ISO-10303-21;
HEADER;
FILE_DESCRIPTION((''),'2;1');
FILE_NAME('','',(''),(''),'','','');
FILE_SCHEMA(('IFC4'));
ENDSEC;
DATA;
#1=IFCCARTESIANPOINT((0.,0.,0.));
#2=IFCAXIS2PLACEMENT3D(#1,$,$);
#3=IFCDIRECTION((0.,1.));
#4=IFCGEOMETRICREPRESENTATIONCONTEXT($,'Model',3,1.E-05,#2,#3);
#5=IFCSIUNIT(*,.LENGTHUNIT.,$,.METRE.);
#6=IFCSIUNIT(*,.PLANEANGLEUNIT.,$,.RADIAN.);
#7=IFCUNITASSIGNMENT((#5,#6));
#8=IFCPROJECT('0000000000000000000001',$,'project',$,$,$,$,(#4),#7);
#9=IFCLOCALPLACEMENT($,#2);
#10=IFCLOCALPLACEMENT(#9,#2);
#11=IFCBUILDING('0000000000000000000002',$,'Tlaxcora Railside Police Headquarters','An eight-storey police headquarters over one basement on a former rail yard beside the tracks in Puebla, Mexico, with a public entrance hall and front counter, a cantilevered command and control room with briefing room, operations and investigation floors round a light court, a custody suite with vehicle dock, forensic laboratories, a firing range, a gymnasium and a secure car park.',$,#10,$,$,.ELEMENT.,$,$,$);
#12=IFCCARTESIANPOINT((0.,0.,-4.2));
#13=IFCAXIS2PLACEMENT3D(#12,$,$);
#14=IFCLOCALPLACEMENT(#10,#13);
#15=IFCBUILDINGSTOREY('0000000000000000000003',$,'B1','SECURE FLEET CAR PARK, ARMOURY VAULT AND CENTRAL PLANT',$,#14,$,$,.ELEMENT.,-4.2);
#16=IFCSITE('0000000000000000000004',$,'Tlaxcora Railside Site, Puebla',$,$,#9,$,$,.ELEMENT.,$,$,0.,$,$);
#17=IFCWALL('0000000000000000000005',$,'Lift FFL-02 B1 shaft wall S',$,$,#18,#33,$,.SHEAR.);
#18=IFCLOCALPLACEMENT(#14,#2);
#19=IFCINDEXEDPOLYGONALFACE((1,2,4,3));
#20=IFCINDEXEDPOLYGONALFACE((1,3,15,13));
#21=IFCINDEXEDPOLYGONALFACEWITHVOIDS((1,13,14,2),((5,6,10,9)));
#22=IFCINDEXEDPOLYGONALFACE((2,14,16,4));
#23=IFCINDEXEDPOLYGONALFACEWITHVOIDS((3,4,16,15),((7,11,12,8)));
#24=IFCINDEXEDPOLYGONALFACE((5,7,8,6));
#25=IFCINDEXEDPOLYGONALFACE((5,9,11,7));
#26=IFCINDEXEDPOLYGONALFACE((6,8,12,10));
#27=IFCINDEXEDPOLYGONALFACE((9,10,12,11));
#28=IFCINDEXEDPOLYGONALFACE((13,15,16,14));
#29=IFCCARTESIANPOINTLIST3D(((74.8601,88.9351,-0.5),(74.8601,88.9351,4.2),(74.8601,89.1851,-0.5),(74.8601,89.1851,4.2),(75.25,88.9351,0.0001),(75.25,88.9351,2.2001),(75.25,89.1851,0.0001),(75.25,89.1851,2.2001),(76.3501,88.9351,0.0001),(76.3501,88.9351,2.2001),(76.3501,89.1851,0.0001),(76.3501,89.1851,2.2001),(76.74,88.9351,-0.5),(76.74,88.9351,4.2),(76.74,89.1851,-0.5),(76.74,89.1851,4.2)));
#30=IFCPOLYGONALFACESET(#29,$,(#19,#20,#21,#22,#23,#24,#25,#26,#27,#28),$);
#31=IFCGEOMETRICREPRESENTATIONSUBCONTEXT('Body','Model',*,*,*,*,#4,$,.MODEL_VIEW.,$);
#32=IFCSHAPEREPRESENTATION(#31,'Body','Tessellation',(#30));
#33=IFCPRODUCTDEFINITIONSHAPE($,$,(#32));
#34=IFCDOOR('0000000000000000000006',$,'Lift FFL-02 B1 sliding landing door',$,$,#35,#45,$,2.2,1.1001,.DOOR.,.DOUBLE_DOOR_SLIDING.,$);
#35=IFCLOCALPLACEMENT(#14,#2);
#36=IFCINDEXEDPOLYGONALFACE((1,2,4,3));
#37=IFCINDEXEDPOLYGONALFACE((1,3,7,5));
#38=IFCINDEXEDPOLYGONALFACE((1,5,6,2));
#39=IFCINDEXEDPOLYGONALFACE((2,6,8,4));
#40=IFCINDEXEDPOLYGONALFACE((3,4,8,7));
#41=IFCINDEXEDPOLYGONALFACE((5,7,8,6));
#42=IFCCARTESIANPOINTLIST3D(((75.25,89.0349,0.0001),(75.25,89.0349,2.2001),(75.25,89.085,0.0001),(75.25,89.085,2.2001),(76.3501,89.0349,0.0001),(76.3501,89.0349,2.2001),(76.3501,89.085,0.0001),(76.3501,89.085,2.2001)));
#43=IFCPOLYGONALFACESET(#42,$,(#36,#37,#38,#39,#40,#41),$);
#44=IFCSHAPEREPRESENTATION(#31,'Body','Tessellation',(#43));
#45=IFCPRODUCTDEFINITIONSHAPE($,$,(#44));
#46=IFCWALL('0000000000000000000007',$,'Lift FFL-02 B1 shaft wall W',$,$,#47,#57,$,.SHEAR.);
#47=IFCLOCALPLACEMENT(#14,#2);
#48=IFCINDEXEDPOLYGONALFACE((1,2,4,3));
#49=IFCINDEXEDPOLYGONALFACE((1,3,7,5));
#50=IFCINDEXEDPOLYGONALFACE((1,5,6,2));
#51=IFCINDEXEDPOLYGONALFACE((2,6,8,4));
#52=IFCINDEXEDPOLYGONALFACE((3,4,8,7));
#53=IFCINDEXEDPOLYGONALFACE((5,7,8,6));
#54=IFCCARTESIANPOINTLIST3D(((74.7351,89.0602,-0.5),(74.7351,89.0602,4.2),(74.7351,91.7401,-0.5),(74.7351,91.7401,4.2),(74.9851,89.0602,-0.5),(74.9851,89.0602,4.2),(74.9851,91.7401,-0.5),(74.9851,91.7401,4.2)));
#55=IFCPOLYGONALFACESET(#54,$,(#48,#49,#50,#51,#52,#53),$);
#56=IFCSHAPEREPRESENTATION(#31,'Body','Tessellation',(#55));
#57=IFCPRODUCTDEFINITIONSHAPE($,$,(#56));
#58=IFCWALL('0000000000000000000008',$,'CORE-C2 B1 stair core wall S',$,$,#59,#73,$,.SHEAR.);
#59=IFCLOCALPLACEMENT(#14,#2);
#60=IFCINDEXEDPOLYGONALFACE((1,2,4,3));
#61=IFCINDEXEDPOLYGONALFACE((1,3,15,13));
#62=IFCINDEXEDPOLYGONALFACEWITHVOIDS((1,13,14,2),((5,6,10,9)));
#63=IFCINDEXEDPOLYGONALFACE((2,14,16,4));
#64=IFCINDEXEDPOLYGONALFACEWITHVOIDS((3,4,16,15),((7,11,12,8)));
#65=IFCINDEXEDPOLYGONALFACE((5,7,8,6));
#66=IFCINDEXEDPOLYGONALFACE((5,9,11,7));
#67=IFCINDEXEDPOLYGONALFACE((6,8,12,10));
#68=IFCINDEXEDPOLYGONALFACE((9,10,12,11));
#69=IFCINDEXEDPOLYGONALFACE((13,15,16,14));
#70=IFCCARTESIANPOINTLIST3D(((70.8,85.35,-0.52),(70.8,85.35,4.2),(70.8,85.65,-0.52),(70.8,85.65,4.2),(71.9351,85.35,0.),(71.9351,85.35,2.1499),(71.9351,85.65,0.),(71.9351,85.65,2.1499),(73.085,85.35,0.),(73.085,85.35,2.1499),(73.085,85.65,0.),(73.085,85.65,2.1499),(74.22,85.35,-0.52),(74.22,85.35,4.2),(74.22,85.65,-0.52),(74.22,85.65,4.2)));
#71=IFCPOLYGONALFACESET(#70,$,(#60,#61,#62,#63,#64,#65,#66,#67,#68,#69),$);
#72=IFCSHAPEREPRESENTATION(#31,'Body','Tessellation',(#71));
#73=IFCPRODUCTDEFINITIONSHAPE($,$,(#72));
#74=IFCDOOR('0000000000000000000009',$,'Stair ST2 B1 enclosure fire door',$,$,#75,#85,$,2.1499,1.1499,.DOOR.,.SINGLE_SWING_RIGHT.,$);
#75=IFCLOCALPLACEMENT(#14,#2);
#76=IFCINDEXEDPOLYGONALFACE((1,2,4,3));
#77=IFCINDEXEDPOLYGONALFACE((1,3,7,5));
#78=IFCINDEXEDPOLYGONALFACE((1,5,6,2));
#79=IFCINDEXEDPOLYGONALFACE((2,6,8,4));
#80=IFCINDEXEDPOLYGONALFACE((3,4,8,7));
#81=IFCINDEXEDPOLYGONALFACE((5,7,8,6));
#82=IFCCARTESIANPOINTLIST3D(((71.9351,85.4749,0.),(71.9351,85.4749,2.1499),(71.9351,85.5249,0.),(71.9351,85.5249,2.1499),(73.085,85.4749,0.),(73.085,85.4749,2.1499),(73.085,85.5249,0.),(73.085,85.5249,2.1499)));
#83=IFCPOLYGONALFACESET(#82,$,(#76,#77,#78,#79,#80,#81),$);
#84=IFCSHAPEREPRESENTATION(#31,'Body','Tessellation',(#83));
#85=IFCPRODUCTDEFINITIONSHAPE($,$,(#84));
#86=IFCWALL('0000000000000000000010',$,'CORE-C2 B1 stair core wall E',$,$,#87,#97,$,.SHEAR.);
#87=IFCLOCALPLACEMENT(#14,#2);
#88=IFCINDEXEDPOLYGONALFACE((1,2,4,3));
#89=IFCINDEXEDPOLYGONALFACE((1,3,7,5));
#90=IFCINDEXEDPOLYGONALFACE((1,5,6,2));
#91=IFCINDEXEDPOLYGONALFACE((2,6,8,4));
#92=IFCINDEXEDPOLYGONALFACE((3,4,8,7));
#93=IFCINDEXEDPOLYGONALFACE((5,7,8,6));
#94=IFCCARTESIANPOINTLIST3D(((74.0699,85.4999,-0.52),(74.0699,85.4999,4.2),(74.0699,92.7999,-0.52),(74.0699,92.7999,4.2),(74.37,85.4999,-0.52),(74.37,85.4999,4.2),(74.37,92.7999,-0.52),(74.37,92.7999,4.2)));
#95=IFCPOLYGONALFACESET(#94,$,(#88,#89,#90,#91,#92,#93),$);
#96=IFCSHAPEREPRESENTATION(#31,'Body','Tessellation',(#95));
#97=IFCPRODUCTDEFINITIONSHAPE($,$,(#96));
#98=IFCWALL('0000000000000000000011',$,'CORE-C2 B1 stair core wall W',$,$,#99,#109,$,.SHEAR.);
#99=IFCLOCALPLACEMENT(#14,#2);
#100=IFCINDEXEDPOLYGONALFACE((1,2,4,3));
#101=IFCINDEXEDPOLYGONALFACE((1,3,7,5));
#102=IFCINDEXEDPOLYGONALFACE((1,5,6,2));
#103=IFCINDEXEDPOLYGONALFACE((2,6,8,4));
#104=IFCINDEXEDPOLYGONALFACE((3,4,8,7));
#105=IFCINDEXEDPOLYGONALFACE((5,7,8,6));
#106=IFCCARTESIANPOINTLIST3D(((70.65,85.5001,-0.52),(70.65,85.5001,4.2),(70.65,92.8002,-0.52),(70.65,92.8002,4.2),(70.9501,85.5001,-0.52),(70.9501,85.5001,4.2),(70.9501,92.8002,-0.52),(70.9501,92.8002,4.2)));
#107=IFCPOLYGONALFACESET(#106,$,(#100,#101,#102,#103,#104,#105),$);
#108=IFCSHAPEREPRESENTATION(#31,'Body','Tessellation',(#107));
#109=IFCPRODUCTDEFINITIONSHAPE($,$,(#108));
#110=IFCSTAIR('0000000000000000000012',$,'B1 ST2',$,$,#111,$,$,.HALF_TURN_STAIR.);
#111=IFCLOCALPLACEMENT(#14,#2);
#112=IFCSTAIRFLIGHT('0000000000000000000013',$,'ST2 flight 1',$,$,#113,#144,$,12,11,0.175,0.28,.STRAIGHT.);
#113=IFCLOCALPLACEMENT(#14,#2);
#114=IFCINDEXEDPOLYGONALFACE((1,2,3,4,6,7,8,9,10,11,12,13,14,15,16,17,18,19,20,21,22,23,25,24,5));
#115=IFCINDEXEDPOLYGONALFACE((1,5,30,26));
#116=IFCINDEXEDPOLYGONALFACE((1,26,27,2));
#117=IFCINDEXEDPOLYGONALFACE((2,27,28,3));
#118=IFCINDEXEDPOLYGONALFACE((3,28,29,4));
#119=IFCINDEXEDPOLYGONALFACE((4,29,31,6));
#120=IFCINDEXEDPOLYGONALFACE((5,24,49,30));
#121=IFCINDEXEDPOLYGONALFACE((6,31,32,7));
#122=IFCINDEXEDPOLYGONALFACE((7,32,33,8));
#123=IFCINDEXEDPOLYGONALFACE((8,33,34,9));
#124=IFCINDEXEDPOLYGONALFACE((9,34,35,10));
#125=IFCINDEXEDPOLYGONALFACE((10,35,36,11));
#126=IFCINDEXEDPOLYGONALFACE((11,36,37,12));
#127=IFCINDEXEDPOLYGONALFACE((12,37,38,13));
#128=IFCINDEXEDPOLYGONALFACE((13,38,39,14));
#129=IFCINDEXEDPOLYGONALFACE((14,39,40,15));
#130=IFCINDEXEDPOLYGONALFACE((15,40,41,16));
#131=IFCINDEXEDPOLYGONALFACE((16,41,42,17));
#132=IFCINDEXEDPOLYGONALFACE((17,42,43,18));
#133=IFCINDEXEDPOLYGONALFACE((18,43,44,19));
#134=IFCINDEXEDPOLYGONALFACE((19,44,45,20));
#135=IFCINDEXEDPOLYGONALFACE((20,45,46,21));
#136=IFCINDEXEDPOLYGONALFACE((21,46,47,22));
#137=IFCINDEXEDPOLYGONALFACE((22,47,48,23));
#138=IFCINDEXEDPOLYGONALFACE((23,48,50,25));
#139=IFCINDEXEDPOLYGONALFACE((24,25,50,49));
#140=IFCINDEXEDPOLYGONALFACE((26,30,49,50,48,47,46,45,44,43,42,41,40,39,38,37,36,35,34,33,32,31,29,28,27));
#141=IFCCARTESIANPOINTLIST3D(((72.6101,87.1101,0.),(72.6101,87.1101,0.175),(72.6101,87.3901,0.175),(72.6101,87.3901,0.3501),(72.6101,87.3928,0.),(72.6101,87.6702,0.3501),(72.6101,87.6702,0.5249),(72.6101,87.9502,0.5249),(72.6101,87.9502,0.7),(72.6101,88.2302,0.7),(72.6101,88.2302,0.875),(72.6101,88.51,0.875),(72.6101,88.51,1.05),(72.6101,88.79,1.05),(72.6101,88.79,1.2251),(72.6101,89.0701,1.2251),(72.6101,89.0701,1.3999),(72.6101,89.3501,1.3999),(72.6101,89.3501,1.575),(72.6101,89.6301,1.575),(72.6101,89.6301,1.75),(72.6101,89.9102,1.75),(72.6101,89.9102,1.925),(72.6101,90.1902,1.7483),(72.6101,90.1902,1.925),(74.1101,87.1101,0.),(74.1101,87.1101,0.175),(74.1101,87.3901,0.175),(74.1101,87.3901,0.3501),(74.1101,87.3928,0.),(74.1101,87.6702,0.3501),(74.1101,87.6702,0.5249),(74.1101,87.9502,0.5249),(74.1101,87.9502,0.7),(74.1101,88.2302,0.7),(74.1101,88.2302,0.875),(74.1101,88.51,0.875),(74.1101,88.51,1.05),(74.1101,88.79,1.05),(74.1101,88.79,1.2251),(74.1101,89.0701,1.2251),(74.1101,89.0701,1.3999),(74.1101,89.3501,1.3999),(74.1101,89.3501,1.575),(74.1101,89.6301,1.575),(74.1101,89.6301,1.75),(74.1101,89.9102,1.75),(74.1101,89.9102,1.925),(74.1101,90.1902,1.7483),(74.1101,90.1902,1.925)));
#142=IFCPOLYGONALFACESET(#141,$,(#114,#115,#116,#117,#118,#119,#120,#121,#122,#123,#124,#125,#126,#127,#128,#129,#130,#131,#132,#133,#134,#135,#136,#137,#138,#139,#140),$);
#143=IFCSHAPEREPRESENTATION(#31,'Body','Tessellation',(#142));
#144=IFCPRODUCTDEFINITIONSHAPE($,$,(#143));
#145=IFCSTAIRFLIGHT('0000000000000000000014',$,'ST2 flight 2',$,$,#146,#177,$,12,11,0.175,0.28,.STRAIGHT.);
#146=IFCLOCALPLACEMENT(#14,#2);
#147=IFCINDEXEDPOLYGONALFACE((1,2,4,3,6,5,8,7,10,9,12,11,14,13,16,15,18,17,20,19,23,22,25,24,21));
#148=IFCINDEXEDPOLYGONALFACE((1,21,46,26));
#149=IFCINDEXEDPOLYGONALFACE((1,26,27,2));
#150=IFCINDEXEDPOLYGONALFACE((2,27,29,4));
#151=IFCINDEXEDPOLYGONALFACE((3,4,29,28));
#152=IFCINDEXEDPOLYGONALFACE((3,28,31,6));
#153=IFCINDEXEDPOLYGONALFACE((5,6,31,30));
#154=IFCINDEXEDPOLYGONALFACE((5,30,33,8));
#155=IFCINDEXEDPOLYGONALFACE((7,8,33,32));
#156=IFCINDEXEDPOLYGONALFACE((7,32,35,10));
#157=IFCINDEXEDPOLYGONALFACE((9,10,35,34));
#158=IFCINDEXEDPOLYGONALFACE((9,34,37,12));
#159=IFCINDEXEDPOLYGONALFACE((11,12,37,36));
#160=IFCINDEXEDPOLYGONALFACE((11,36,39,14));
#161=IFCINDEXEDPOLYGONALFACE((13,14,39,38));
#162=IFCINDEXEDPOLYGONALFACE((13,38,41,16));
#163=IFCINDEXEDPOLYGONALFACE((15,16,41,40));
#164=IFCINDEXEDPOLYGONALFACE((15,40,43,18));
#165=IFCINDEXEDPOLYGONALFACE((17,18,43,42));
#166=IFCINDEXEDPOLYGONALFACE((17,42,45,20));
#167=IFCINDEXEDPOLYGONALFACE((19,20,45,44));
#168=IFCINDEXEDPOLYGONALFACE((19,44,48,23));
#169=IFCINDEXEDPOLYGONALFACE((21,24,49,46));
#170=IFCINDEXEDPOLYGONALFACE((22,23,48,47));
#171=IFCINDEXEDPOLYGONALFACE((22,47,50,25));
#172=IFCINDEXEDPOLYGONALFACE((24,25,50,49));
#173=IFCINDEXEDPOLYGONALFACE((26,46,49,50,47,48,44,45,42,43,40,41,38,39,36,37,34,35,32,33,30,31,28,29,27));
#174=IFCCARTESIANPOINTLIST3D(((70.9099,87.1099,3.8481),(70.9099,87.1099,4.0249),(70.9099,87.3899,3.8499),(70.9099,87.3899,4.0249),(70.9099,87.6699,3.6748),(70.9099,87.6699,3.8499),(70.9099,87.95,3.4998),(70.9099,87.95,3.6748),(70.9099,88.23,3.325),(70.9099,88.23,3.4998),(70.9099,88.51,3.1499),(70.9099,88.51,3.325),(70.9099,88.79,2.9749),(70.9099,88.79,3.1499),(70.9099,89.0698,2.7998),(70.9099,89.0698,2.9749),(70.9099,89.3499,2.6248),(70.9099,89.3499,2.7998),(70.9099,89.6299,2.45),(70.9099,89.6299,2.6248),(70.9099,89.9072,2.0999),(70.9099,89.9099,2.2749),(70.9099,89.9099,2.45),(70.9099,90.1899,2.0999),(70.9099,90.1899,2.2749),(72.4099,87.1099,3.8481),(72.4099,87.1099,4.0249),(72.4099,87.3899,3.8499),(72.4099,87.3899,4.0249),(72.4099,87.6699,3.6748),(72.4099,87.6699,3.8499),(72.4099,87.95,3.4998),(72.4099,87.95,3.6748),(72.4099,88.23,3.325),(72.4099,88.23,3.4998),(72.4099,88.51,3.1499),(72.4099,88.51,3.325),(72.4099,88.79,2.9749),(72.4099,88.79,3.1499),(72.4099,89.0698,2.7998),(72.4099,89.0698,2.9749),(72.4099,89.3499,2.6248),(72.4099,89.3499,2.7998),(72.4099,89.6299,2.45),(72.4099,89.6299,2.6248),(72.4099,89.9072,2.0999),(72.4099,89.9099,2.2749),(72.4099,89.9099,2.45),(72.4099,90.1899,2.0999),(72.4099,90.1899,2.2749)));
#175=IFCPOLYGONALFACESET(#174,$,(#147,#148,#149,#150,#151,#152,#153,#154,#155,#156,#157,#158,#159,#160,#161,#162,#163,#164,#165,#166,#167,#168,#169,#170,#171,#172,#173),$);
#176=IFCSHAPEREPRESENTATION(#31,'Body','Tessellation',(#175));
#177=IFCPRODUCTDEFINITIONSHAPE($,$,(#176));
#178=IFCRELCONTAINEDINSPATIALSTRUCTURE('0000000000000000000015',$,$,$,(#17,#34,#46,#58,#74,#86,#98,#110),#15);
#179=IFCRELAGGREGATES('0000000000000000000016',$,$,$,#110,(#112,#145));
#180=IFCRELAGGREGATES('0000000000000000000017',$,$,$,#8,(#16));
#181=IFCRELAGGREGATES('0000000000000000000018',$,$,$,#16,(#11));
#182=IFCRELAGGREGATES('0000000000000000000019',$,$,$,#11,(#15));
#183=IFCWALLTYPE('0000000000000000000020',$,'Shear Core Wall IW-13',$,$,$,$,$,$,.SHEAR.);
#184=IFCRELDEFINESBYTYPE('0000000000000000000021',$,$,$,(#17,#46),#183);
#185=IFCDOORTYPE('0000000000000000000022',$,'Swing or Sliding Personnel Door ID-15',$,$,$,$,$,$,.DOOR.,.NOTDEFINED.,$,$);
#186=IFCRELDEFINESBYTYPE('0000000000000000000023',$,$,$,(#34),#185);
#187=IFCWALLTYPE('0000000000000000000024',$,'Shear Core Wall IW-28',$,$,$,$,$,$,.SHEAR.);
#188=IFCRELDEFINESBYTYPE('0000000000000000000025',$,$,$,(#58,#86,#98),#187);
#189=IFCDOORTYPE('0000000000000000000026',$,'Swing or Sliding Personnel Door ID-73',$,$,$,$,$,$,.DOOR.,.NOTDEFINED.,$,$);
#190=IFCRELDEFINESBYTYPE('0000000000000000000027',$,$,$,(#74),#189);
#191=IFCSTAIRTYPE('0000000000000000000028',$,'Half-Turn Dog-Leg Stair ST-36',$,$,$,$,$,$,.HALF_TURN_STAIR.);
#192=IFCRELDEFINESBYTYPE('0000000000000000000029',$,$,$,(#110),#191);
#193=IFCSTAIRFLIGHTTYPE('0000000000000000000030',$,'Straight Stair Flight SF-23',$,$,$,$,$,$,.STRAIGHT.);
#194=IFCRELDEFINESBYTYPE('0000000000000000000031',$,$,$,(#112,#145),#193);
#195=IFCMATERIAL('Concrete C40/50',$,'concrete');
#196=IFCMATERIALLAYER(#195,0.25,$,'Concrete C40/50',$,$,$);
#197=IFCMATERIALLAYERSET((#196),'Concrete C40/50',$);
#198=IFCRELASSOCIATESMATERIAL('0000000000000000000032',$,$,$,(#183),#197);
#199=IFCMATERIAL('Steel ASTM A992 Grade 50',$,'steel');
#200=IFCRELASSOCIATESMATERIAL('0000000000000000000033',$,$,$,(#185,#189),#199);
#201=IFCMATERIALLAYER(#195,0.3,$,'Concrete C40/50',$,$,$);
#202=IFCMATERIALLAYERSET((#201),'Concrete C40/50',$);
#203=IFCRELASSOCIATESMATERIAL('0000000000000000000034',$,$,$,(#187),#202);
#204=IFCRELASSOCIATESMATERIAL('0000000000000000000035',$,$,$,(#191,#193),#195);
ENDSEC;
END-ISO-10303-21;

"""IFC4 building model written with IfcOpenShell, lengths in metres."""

from ifc_helpers import new_model, si_unit, direction, frame, frame_2d, origin, place, context, subcontext, project, spatial, polyline, rectangle, outline, extrude, material, layer, layer_set, type_object, element, fill, aggregate, save


model = new_model("IFC4")

# Units and contexts
model_context = context("Model", 3, precision=1e-05, world=origin(), true_north=direction((0.0, 1.0)))
body_context = subcontext(model_context, "Body", "Model", "MODEL_VIEW")
ifc_project = project(units=[si_unit("LENGTHUNIT", "METRE"), si_unit("PLANEANGLEUNIT", "RADIAN")], contexts=[model_context])

# Site, building, storey
site_placement = place(None, origin())
site = spatial("IfcSite", under=ifc_project, at=site_placement, Name="Tlaxcora Railside Site, Puebla", CompositionType="ELEMENT", RefElevation=0.0)
building_placement = place(site_placement, origin())
building = spatial("IfcBuilding", under=site, at=building_placement, Name="Tlaxcora Railside Police Headquarters", Description="An eight-storey police headquarters over one basement on a former rail yard beside the tracks in Puebla, Mexico, with a public entrance hall and front counter, a cantilevered command and control room with briefing room, operations and investigation floors round a light court, a custody suite with vehicle dock, forensic laboratories, a firing range, a gymnasium and a secure car park.", CompositionType="ELEMENT")
storey_placement = place(building_placement, frame((0.0, 0.0, -4.2)))
storey = spatial("IfcBuildingStorey", under=building, at=storey_placement, Name="B1", Description="SECURE FLEET CAR PARK, ARMOURY VAULT AND CENTRAL PLANT", CompositionType="ELEMENT", Elevation=-4.2)

# Shared definitions
ifc_material_1 = material(Name="Concrete C40/50", Category="concrete")

# Wall, opening, door
ifc_layer_1 = layer(ifc_material_1, 0.25, Name="Concrete C40/50")
ifc_layer_set_1 = layer_set([ifc_layer_1], Name="Concrete C40/50")
wall_type_1 = type_object("IfcWallType", Name="Shear Core Wall IW-13", PredefinedType="SHEAR", material=ifc_layer_set_1)
wall_1_placement = place(storey_placement, frame((74.8601, 89.0601, -0.5), z_axis=(0.0, 0.0, 1.0), x_axis=(1.0, 0.0, 0.0)))
wall_1 = element("IfcWall", 1, at=wall_1_placement, inside=storey, type_object=wall_type_1, Name="Lift FFL-02 B1 shaft wall S", PredefinedType="SHEAR", context=body_context, shape_type="SweptSolid", body=[
    extrude(rectangle(XDim=1.8799, YDim=0.25, at=frame_2d((0.9399, 0.0))), origin(), (0.0, 0.0, 1.0), 4.7),
])
opening_1_placement = place(wall_1_placement, frame((0.3899, 0.0, 0.5)))
opening_1 = element("IfcOpeningElement", 2, at=opening_1_placement, cuts=wall_1, PredefinedType="OPENING", context=body_context, shape_type="SweptSolid", body=[
    extrude(rectangle(XDim=1.1001, YDim=2.2, at=frame_2d((0.55, 1.1001))), frame((0.0, 0.135, 0.0), z_axis=(0.0, -1.0, 0.0), x_axis=(1.0, 0.0, 0.0)), (0.0, 0.0, 1.0), 0.27),
])
ifc_material_2 = material(Name="Steel ASTM A992 Grade 50", Category="steel")
door_type_1 = type_object("IfcDoorType", Name="Swing or Sliding Personnel Door ID-15", OperationType="NOTDEFINED", PredefinedType="DOOR", material=ifc_material_2)
door_1_placement = place(opening_1_placement, origin())
door_1 = element("IfcDoor", 3, at=door_1_placement, inside=storey, type_object=door_type_1, Name="Lift FFL-02 B1 sliding landing door", OperationType="DOUBLE_DOOR_SLIDING", OverallHeight=2.2, OverallWidth=1.1001, PredefinedType="DOOR", context=body_context, shape_type="SweptSolid", body=[
    extrude(rectangle(XDim=1.1001, YDim=2.2, at=frame_2d((0.55, 1.1001))), frame((0.0, 0.0249, 0.0), z_axis=(0.0, -1.0, 0.0), x_axis=(1.0, 0.0, 0.0)), (0.0, 0.0, 1.0), 0.05),
])
fill(opening_1, door_1)

# Wall
wall_2_placement = place(storey_placement, frame((74.8601, 91.74, -0.5), z_axis=(0.0, 0.0, 1.0), x_axis=(0.0, -1.0, 0.0)))
element("IfcWall", 4, at=wall_2_placement, inside=storey, type_object=wall_type_1, Name="Lift FFL-02 B1 shaft wall W", PredefinedType="SHEAR", context=body_context, shape_type="SweptSolid", body=[
    extrude(rectangle(XDim=2.6799, YDim=0.25, at=frame_2d((1.3398, 0.0))), origin(), (0.0, 0.0, 1.0), 4.7),
])

# Wall, opening, door
ifc_layer_2 = layer(ifc_material_1, 0.3, Name="Concrete C40/50")
ifc_layer_set_2 = layer_set([ifc_layer_2], Name="Concrete C40/50")
wall_type_2 = type_object("IfcWallType", Name="Shear Core Wall IW-28", PredefinedType="SHEAR", material=ifc_layer_set_2)
wall_3_placement = place(storey_placement, frame((70.8, 85.5, -0.52), z_axis=(0.0, 0.0, 1.0), x_axis=(1.0, 0.0, 0.0)))
wall_3 = element("IfcWall", 5, at=wall_3_placement, inside=storey, type_object=wall_type_2, Name="CORE-C2 B1 stair core wall S", PredefinedType="SHEAR", context=body_context, shape_type="SweptSolid", body=[
    extrude(rectangle(XDim=3.4199, YDim=0.3, at=frame_2d((1.71, 0.0))), origin(), (0.0, 0.0, 1.0), 4.72),
])
opening_2_placement = place(wall_3_placement, frame((1.135, 0.0, 0.52)))
opening_2 = element("IfcOpeningElement", 6, at=opening_2_placement, cuts=wall_3, PredefinedType="OPENING", context=body_context, shape_type="SweptSolid", body=[
    extrude(rectangle(XDim=1.1499, YDim=2.1499, at=frame_2d((0.575, 1.075))), frame((0.0, 0.1602, 0.0), z_axis=(0.0, -1.0, 0.0), x_axis=(1.0, 0.0, 0.0)), (0.0, 0.0, 1.0), 0.3201),
])
door_type_2 = type_object("IfcDoorType", Name="Swing or Sliding Personnel Door ID-73", OperationType="NOTDEFINED", PredefinedType="DOOR", material=ifc_material_2)
door_2_placement = place(opening_2_placement, origin())
door_2 = element("IfcDoor", 7, at=door_2_placement, inside=storey, type_object=door_type_2, Name="Stair ST2 B1 enclosure fire door", OperationType="SINGLE_SWING_RIGHT", OverallHeight=2.1499, OverallWidth=1.1499, PredefinedType="DOOR", context=body_context, shape_type="SweptSolid", body=[
    extrude(rectangle(XDim=1.1499, YDim=2.1499, at=frame_2d((0.575, 1.075))), frame((0.0, 0.0249, 0.0), z_axis=(0.0, -1.0, 0.0), x_axis=(1.0, 0.0, 0.0)), (0.0, 0.0, 1.0), 0.05),
])
fill(opening_2, door_2)

# Walls
for number, where, z_axis, x_axis, name in (
    (8, (74.22, 85.5, -0.52), (0.0, 0.0, 1.0), (0.0, 1.0, 0.0), "CORE-C2 B1 stair core wall E"),
    (9, (70.8, 92.8, -0.52), (0.0, 0.0, 1.0), (0.0, -1.0, 0.0), "CORE-C2 B1 stair core wall W"),
):
    element("IfcWall", number, at=place(storey_placement, frame(where, z_axis=z_axis, x_axis=x_axis)), inside=storey, type_object=wall_type_2, Name=name, PredefinedType="SHEAR", context=body_context, shape_type="SweptSolid", body=[
        extrude(rectangle(XDim=7.3, YDim=0.3, at=frame_2d((3.6499, 0.0))), origin(), (0.0, 0.0, 1.0), 4.72),
    ])

# Stair, stair flights
stair_type = type_object("IfcStairType", Name="Half-Turn Dog-Leg Stair ST-36", PredefinedType="HALF_TURN_STAIR", material=ifc_material_1)
stair_placement = place(storey_placement, origin())
stair = element("IfcStair", 10, at=stair_placement, inside=storey, type_object=stair_type, Name="B1 ST2", PredefinedType="HALF_TURN_STAIR")
stair_flight_type = type_object("IfcStairFlightType", Name="Straight Stair Flight SF-23", PredefinedType="STRAIGHT", material=ifc_material_1)
stair_flight_1_placement = place(storey_placement, frame((73.3601, 87.1101, 0.0), z_axis=(0.0, 0.0, 1.0), x_axis=(0.0, 1.0, 0.0)))
stair_flight_1 = element("IfcStairFlight", 11, at=stair_flight_1_placement, type_object=stair_flight_type, Name="ST2 flight 1", NumberOfRisers=12, NumberOfTreads=11, PredefinedType="STRAIGHT", RiserHeight=0.175, TreadLength=0.28, context=body_context, shape_type="SweptSolid", body=[
    extrude(outline(polyline([(0.0, 0.0), (0.0, 0.175), (0.28, 0.175), (0.28, 0.3501), (0.5601, 0.3501), (0.5601, 0.5249), (0.8401, 0.5249), (0.8401, 0.7), (1.1201, 0.7), (1.1201, 0.875), (1.3999, 0.875), (1.3999, 1.05), (1.6799, 1.05), (1.6799, 1.2251), (1.96, 1.2251), (1.96, 1.3999), (2.24, 1.3999), (2.24, 1.575), (2.52, 1.575), (2.52, 1.75), (2.8, 1.75), (2.8, 1.925), (3.0801, 1.925), (3.0801, 2.1001), (3.0801, 1.7483), (0.2827, 0.0), (0.0, 0.0)])), frame((0.0, 0.75, 0.0), z_axis=(0.0, -1.0, 0.0), x_axis=(1.0, 0.0, 0.0)), (0.0, 0.0, 1.0), 1.5),
])
stair_flight_2_placement = place(storey_placement, frame((71.6599, 90.1899, 2.0999), z_axis=(0.0, 0.0, 1.0), x_axis=(0.0, -1.0, 0.0)))
stair_flight_2 = element("IfcStairFlight", 12, at=stair_flight_2_placement, type_object=stair_flight_type, Name="ST2 flight 2", NumberOfRisers=12, NumberOfTreads=11, PredefinedType="STRAIGHT", RiserHeight=0.175, TreadLength=0.28, context=body_context, shape_type="SweptSolid", body=[
    extrude(outline(polyline([(0.0, 0.0), (0.0, 0.175), (0.28, 0.175), (0.28, 0.3501), (0.5601, 0.3501), (0.5601, 0.5249), (0.8401, 0.5249), (0.8401, 0.7), (1.1201, 0.7), (1.1201, 0.875), (1.3999, 0.875), (1.3999, 1.05), (1.6799, 1.05), (1.6799, 1.2251), (1.96, 1.2251), (1.96, 1.3999), (2.24, 1.3999), (2.24, 1.575), (2.52, 1.575), (2.52, 1.75), (2.8, 1.75), (2.8, 1.925), (3.0801, 1.925), (3.0801, 2.1001), (3.0801, 1.7483), (0.2827, 0.0), (0.0, 0.0)])), frame((0.0, 0.75, 0.0), z_axis=(0.0, -1.0, 0.0), x_axis=(1.0, 0.0, 0.0)), (0.0, 0.0, 1.0), 1.5),
])
aggregate(stair, [stair_flight_1, stair_flight_2])

save(model, "model.ifc")
